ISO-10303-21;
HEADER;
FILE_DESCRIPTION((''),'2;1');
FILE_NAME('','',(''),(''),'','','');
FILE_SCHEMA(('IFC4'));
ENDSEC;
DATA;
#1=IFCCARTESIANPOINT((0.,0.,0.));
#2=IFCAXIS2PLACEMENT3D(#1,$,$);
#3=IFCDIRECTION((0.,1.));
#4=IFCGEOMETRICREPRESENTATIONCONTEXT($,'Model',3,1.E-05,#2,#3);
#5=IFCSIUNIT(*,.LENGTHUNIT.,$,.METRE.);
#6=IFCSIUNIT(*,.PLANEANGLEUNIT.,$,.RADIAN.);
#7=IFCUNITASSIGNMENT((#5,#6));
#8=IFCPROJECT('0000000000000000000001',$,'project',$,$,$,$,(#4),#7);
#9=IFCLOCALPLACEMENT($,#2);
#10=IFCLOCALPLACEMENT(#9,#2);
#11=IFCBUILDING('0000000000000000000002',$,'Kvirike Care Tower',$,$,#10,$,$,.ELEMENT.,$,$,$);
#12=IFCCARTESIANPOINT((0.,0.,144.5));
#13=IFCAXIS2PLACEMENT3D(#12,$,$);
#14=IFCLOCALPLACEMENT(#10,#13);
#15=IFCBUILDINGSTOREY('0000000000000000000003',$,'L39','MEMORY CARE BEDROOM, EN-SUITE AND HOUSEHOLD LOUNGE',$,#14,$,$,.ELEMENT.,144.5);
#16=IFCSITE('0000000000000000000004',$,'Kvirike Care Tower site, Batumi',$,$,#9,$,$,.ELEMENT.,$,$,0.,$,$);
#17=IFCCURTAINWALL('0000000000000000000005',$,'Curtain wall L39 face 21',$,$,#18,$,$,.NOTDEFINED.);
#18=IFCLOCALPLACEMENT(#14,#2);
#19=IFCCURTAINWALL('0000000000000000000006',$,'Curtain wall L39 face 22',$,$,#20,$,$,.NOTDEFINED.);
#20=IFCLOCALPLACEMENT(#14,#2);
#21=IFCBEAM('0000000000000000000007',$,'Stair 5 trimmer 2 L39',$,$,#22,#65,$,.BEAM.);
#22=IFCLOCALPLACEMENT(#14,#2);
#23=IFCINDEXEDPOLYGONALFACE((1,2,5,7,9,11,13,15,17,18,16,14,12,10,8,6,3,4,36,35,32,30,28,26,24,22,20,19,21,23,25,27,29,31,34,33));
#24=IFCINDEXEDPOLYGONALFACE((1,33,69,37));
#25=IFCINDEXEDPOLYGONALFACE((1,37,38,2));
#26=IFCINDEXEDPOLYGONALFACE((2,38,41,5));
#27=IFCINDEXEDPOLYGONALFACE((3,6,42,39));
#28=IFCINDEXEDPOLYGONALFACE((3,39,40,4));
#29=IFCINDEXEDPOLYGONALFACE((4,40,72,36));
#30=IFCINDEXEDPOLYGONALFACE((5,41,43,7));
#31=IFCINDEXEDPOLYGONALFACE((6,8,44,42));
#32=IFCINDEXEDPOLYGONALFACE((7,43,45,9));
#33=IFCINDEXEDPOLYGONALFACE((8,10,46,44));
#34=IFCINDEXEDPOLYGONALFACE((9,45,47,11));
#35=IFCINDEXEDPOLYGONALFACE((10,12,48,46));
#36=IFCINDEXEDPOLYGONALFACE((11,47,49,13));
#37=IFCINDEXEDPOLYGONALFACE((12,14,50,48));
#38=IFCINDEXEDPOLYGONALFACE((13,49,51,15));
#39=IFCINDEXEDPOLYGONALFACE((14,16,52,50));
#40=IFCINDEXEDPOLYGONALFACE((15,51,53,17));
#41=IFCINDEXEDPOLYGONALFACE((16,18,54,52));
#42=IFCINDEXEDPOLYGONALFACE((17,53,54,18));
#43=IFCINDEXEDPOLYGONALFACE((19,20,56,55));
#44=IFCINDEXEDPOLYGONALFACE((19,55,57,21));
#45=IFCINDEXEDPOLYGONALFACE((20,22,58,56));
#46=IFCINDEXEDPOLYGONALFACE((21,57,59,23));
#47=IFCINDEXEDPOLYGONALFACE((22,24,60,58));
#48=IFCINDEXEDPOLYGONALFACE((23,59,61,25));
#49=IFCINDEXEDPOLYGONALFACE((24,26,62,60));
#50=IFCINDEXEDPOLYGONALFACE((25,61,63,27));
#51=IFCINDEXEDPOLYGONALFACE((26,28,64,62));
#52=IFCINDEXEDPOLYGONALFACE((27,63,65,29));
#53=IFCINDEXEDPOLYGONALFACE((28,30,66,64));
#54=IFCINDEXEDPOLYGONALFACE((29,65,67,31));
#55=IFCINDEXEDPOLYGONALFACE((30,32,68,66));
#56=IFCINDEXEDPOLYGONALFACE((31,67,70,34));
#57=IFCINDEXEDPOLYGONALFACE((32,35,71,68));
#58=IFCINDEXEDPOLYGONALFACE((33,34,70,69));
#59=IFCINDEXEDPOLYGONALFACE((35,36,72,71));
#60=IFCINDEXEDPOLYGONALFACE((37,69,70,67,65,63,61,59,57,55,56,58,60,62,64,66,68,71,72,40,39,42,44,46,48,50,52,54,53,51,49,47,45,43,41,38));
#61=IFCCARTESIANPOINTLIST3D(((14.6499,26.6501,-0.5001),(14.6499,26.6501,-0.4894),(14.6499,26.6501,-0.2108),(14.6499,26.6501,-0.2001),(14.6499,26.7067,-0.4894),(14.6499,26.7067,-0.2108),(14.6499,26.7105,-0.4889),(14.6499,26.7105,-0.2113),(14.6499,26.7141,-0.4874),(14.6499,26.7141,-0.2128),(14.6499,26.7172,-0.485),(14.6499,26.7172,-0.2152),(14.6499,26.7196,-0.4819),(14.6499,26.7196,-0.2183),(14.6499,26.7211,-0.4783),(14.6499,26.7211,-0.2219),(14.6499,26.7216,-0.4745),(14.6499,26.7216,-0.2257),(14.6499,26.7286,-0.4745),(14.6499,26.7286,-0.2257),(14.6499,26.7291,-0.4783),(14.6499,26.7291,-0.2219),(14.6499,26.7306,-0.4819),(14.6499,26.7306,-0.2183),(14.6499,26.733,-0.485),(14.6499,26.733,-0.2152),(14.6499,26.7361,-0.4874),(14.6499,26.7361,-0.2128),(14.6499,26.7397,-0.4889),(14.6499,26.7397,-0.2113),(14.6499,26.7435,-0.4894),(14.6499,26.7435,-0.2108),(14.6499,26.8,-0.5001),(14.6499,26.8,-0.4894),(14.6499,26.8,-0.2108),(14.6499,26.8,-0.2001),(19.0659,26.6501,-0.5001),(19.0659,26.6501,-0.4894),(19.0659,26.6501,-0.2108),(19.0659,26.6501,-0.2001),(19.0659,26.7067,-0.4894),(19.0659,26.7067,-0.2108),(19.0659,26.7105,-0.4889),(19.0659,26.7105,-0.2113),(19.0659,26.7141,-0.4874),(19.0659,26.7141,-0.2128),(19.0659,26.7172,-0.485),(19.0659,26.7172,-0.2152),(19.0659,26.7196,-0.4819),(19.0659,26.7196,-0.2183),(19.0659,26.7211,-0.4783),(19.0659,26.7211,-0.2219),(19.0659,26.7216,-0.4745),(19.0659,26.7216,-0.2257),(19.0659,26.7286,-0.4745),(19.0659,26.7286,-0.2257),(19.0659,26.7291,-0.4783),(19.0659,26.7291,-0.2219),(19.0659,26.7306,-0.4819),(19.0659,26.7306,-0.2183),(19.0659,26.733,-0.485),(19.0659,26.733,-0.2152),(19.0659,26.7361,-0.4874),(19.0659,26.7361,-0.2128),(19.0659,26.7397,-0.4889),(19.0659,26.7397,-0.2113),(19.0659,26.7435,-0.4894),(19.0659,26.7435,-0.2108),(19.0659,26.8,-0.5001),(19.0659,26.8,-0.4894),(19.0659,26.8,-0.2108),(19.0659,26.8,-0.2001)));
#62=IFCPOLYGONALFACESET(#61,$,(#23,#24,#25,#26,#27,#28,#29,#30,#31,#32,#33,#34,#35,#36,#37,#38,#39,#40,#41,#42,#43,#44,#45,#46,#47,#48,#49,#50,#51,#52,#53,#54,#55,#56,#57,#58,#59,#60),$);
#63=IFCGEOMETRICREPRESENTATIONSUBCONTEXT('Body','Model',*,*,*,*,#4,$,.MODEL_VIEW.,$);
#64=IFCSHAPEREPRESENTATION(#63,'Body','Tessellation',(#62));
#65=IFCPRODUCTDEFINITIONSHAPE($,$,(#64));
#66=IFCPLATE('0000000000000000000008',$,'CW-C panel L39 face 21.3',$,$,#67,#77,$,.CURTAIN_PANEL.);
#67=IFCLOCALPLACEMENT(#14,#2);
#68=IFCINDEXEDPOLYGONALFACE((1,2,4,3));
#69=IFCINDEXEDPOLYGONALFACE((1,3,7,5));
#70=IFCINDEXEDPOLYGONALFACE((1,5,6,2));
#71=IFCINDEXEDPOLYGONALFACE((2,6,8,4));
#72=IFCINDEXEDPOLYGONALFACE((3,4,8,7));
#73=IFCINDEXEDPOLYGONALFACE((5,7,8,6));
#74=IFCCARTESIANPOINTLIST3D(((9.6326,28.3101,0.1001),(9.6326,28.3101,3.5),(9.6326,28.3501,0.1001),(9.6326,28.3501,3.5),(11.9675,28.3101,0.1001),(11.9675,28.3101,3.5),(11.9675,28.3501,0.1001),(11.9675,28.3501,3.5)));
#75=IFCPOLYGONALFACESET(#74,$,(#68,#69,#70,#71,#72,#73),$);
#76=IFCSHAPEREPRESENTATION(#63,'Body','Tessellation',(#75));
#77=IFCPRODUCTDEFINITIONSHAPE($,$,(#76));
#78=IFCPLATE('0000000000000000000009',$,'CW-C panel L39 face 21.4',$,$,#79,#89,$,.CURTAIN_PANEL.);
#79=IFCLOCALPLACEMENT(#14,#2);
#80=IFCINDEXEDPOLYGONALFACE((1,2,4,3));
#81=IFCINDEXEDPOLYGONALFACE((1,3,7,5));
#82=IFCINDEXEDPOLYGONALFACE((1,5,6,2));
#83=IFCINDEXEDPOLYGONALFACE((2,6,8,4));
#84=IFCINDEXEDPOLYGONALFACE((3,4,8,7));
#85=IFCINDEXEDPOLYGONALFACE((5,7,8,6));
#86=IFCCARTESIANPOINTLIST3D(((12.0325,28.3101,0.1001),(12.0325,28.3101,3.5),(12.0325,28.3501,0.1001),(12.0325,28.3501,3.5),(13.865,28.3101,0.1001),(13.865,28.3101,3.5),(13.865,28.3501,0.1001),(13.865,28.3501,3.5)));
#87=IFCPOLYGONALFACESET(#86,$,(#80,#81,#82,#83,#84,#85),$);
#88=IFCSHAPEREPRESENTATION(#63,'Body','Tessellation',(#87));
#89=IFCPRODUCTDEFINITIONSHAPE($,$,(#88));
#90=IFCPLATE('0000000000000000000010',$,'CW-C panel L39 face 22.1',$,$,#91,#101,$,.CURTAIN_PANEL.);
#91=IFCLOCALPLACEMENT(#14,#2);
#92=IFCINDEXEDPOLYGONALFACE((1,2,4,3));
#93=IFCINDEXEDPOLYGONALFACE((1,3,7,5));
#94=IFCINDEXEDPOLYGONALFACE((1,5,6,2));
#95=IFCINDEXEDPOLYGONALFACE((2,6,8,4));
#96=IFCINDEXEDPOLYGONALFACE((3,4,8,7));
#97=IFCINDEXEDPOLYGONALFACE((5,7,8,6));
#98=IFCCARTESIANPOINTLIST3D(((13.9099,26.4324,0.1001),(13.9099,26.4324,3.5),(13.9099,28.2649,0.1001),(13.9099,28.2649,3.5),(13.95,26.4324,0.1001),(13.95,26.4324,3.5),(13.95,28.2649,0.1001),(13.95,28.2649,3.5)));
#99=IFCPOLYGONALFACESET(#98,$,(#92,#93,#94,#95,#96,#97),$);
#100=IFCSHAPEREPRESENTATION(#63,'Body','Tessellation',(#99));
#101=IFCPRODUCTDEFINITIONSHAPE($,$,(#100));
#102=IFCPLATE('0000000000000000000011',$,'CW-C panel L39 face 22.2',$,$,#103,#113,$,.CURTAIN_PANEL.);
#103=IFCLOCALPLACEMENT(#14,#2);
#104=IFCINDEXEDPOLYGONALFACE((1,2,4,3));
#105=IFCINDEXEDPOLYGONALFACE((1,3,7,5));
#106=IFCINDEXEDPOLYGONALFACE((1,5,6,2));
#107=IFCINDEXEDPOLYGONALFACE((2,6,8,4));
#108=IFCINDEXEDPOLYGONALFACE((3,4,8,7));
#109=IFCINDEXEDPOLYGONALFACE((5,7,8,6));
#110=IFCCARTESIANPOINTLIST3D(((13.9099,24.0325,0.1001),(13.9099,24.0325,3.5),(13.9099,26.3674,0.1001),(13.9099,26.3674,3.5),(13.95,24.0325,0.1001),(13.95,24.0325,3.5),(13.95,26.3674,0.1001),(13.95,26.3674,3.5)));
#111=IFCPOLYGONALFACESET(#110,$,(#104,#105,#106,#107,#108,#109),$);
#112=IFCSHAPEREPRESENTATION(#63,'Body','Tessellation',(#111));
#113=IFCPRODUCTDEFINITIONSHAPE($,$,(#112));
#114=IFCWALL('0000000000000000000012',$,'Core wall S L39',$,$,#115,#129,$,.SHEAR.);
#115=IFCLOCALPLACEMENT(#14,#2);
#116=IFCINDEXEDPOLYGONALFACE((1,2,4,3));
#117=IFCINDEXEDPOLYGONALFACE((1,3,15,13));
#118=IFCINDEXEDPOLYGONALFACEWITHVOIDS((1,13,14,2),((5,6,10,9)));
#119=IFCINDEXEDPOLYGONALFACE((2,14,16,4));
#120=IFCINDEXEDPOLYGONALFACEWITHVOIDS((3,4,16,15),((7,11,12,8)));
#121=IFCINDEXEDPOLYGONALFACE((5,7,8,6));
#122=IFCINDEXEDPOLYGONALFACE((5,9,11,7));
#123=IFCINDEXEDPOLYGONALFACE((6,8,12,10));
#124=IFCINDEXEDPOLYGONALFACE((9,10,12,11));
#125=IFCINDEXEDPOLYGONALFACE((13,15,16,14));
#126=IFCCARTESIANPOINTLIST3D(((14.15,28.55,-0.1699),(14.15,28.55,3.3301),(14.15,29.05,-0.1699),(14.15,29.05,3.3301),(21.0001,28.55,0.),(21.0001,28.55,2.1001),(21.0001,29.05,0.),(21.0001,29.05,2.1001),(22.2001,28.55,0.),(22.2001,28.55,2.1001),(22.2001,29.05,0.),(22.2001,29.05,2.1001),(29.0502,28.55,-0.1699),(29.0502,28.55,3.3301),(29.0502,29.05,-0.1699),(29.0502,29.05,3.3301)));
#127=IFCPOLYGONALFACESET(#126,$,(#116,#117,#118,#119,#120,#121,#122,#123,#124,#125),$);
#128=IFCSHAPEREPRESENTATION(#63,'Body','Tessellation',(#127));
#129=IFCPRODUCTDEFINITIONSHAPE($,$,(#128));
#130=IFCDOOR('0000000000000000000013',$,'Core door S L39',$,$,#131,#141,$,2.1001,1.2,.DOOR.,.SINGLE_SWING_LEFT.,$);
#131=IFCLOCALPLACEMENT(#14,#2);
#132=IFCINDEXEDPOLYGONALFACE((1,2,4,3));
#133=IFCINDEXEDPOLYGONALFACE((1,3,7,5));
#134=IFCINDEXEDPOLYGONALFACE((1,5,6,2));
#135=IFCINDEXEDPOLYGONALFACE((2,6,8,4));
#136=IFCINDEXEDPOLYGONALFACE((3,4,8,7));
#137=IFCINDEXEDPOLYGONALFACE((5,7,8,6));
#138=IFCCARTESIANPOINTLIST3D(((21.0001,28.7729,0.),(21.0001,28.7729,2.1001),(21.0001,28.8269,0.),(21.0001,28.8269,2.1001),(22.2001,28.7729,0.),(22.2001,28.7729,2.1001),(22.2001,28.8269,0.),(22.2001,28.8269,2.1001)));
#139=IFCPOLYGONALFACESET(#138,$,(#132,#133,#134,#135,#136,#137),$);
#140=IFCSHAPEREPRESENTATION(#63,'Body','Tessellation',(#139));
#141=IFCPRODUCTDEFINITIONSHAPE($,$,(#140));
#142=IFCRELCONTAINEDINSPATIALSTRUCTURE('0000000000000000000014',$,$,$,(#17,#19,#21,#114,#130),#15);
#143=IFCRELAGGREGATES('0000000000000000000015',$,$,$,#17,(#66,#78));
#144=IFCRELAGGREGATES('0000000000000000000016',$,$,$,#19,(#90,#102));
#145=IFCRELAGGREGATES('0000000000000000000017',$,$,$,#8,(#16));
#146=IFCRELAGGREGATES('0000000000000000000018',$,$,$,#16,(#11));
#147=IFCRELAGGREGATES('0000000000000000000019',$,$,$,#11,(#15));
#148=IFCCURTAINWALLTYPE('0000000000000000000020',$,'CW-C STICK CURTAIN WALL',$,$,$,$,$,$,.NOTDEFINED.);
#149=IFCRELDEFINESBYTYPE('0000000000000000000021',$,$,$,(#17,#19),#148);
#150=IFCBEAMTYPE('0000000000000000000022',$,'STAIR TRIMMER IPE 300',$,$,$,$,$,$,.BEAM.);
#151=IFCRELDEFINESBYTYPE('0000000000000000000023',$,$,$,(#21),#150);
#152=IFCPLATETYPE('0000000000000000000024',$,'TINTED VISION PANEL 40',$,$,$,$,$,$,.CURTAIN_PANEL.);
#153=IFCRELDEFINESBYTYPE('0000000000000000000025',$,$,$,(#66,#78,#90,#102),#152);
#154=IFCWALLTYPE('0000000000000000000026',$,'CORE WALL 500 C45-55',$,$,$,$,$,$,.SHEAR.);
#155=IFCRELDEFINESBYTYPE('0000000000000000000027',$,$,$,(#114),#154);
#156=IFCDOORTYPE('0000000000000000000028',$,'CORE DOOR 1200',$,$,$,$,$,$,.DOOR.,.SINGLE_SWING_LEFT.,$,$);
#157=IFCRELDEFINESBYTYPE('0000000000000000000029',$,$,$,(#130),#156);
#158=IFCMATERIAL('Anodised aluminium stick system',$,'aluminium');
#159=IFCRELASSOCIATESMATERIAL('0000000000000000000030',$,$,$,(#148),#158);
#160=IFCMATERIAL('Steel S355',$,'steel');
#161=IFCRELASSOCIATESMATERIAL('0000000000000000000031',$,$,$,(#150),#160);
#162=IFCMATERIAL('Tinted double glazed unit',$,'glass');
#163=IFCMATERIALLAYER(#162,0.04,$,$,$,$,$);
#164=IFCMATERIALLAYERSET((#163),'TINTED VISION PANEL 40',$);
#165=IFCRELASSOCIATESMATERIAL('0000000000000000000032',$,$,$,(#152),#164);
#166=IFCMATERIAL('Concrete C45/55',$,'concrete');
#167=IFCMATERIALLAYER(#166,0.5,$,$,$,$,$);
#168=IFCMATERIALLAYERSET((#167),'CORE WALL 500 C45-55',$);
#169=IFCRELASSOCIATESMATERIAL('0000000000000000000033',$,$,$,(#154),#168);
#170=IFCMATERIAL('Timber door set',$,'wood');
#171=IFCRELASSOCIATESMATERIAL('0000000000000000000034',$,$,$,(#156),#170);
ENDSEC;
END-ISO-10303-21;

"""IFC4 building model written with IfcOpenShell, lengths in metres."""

from ifc_helpers import new_model, si_unit, direction, frame, frame_2d, origin, origin_2d, place, context, subcontext, project, spatial, rectangle, i_section, extrude, material, layer, layer_set, material_profile, profile_set, type_object, element, fill, aggregate, save


model = new_model("IFC4")

# Units and contexts
model_context = context("Model", 3, precision=1e-05, world=origin(), true_north=direction((0.0, 1.0)))
body_context = subcontext(model_context, "Body", "Model", "MODEL_VIEW")
ifc_project = project(units=[si_unit("LENGTHUNIT", "METRE"), si_unit("PLANEANGLEUNIT", "RADIAN")], contexts=[model_context])

# Site, building, storey
site_placement = place(None, origin())
site = spatial("IfcSite", under=ifc_project, at=site_placement, Name="Kvirike Care Tower site, Batumi", CompositionType="ELEMENT", RefElevation=0.0)
building_placement = place(site_placement, origin())
building = spatial("IfcBuilding", under=site, at=building_placement, Name="Kvirike Care Tower", CompositionType="ELEMENT")
storey_placement = place(building_placement, frame((0.0, 0.0, 144.5)))
storey = spatial("IfcBuildingStorey", under=building, at=storey_placement, Name="L39", Description="MEMORY CARE BEDROOM, EN-SUITE AND HOUSEHOLD LOUNGE", CompositionType="ELEMENT", Elevation=144.5)

# Curtain walls
ifc_material_1 = material(Name="Anodised aluminium stick system", Category="aluminium")
curtain_wall_type = type_object("IfcCurtainWallType", Name="CW-C STICK CURTAIN WALL", PredefinedType="NOTDEFINED", material=ifc_material_1)
curtain_wall_1_placement = place(storey_placement, origin())
curtain_wall_1 = element("IfcCurtainWall", 1, at=curtain_wall_1_placement, inside=storey, type_object=curtain_wall_type, Name="Curtain wall L39 face 21", PredefinedType="NOTDEFINED")
curtain_wall_2_placement = place(storey_placement, origin())
curtain_wall_2 = element("IfcCurtainWall", 2, at=curtain_wall_2_placement, inside=storey, type_object=curtain_wall_type, Name="Curtain wall L39 face 22", PredefinedType="NOTDEFINED")

# Beam
ifc_material_2 = material(Name="Steel S355", Category="steel")
ifc_material_profile_1 = material_profile(ifc_material_2, i_section(OverallWidth=0.1499, OverallDepth=0.3, WebThickness=0.0071, FlangeThickness=0.0107, FilletRadius=0.0149, at=origin_2d()), Name="IPE 300")
ifc_profile_set_1 = profile_set([ifc_material_profile_1], Name="Steel S355")
beam_type_1 = type_object("IfcBeamType", Name="STAIR TRIMMER IPE 300", PredefinedType="BEAM", material=ifc_profile_set_1)
for number, where, z_axis, x_axis, name in (
    (3, (14.6499, 26.7251, -0.3501), (1.0, 0.0, 0.0), (0.0, 1.0, 0.0), "Stair 5 trimmer 2 L39"),
):
    element("IfcBeam", number, at=place(storey_placement, frame(where, z_axis=z_axis, x_axis=x_axis)), inside=storey, type_object=beam_type_1, Name=name, PredefinedType="BEAM", context=body_context, shape_type="SweptSolid", body=[
        extrude(i_section(OverallWidth=0.1499, OverallDepth=0.3, WebThickness=0.0071, FlangeThickness=0.0107, FilletRadius=0.0149, at=origin_2d()), origin(), (0.0, 0.0, 1.0), 4.416),
    ])

# Plates
ifc_material_3 = material(Name="Tinted double glazed unit", Category="glass")
ifc_layer_1 = layer(ifc_material_3, 0.04)
ifc_layer_set_1 = layer_set([ifc_layer_1], Name="TINTED VISION PANEL 40")
plate_type = type_object("IfcPlateType", Name="TINTED VISION PANEL 40", PredefinedType="CURTAIN_PANEL", material=ifc_layer_set_1)
plate_1_placement = place(storey_placement, frame((10.8, 28.3301, 0.1001), z_axis=(0.0, 0.0, 1.0), x_axis=(1.0, 0.0, 0.0)))
plate_1 = element("IfcPlate", 4, at=plate_1_placement, type_object=plate_type, Name="CW-C panel L39 face 21.3", PredefinedType="CURTAIN_PANEL", context=body_context, shape_type="SweptSolid", body=[
    extrude(rectangle(XDim=2.335, YDim=0.04, at=origin_2d()), origin(), (0.0, 0.0, 1.0), 3.3999),
])
plate_2_placement = place(storey_placement, frame((12.9487, 28.3301, 0.1001), z_axis=(0.0, 0.0, 1.0), x_axis=(1.0, 0.0, 0.0)))
plate_2 = element("IfcPlate", 5, at=plate_2_placement, type_object=plate_type, Name="CW-C panel L39 face 21.4", PredefinedType="CURTAIN_PANEL", context=body_context, shape_type="SweptSolid", body=[
    extrude(rectangle(XDim=1.8325, YDim=0.04, at=origin_2d()), origin(), (0.0, 0.0, 1.0), 3.3999),
])
aggregate(curtain_wall_1, [plate_1, plate_2])
plate_3_placement = place(storey_placement, frame((13.9299, 27.3486, 0.1001), z_axis=(0.0, 0.0, 1.0), x_axis=(0.0, -1.0, 0.0)))
plate_3 = element("IfcPlate", 6, at=plate_3_placement, type_object=plate_type, Name="CW-C panel L39 face 22.1", PredefinedType="CURTAIN_PANEL", context=body_context, shape_type="SweptSolid", body=[
    extrude(rectangle(XDim=1.8325, YDim=0.04, at=origin_2d()), origin(), (0.0, 0.0, 1.0), 3.3999),
])
plate_4_placement = place(storey_placement, frame((13.9299, 25.2, 0.1001), z_axis=(0.0, 0.0, 1.0), x_axis=(0.0, -1.0, 0.0)))
plate_4 = element("IfcPlate", 7, at=plate_4_placement, type_object=plate_type, Name="CW-C panel L39 face 22.2", PredefinedType="CURTAIN_PANEL", context=body_context, shape_type="SweptSolid", body=[
    extrude(rectangle(XDim=2.335, YDim=0.04, at=origin_2d()), origin(), (0.0, 0.0, 1.0), 3.3999),
])
aggregate(curtain_wall_2, [plate_3, plate_4])

# Wall, opening, door
ifc_material_4 = material(Name="Concrete C45/55", Category="concrete")
ifc_layer_2 = layer(ifc_material_4, 0.5)
ifc_layer_set_2 = layer_set([ifc_layer_2], Name="CORE WALL 500 C45-55")
wall_type_1 = type_object("IfcWallType", Name="CORE WALL 500 C45-55", PredefinedType="SHEAR", material=ifc_layer_set_2)
wall_1_placement = place(storey_placement, frame((14.1499, 28.8, -0.1699), z_axis=(0.0, 0.0, 1.0), x_axis=(1.0, 0.0, 0.0)))
wall_1 = element("IfcWall", 8, at=wall_1_placement, inside=storey, type_object=wall_type_1, Name="Core wall S L39", PredefinedType="SHEAR", context=body_context, shape_type="SweptSolid", body=[
    extrude(rectangle(XDim=14.9001, YDim=0.5, at=frame_2d((7.4502, 0.0))), origin(), (0.0, 0.0, 1.0), 3.5),
])
opening_1_placement = place(wall_1_placement, frame((6.8501, 0.0, 0.1699)))
opening_1 = element("IfcOpeningElement", 9, at=opening_1_placement, cuts=wall_1, PredefinedType="OPENING", context=body_context, shape_type="SweptSolid", body=[
    extrude(rectangle(XDim=1.2, YDim=2.1001, at=frame_2d((0.6001, 1.05))), frame((0.0, 0.2605, 0.0), z_axis=(0.0, -1.0, 0.0), x_axis=(1.0, 0.0, 0.0)), (0.0, 0.0, 1.0), 0.521),
])
ifc_material_5 = material(Name="Timber door set", Category="wood")
door_type_1 = type_object("IfcDoorType", Name="CORE DOOR 1200", OperationType="SINGLE_SWING_LEFT", PredefinedType="DOOR", material=ifc_material_5)
door_1_placement = place(opening_1_placement, origin())
door_1 = element("IfcDoor", 10, at=door_1_placement, inside=storey, type_object=door_type_1, Name="Core door S L39", OperationType="SINGLE_SWING_LEFT", OverallHeight=2.1001, OverallWidth=1.2, PredefinedType="DOOR", context=body_context, shape_type="SweptSolid", body=[
    extrude(rectangle(XDim=1.2, YDim=2.1001, at=frame_2d((0.6001, 1.05))), frame((0.0, 0.0269, 0.0), z_axis=(0.0, -1.0, 0.0), x_axis=(1.0, 0.0, 0.0)), (0.0, 0.0, 1.0), 0.054),
])
fill(opening_1, door_1)

save(model, "model.ifc")
